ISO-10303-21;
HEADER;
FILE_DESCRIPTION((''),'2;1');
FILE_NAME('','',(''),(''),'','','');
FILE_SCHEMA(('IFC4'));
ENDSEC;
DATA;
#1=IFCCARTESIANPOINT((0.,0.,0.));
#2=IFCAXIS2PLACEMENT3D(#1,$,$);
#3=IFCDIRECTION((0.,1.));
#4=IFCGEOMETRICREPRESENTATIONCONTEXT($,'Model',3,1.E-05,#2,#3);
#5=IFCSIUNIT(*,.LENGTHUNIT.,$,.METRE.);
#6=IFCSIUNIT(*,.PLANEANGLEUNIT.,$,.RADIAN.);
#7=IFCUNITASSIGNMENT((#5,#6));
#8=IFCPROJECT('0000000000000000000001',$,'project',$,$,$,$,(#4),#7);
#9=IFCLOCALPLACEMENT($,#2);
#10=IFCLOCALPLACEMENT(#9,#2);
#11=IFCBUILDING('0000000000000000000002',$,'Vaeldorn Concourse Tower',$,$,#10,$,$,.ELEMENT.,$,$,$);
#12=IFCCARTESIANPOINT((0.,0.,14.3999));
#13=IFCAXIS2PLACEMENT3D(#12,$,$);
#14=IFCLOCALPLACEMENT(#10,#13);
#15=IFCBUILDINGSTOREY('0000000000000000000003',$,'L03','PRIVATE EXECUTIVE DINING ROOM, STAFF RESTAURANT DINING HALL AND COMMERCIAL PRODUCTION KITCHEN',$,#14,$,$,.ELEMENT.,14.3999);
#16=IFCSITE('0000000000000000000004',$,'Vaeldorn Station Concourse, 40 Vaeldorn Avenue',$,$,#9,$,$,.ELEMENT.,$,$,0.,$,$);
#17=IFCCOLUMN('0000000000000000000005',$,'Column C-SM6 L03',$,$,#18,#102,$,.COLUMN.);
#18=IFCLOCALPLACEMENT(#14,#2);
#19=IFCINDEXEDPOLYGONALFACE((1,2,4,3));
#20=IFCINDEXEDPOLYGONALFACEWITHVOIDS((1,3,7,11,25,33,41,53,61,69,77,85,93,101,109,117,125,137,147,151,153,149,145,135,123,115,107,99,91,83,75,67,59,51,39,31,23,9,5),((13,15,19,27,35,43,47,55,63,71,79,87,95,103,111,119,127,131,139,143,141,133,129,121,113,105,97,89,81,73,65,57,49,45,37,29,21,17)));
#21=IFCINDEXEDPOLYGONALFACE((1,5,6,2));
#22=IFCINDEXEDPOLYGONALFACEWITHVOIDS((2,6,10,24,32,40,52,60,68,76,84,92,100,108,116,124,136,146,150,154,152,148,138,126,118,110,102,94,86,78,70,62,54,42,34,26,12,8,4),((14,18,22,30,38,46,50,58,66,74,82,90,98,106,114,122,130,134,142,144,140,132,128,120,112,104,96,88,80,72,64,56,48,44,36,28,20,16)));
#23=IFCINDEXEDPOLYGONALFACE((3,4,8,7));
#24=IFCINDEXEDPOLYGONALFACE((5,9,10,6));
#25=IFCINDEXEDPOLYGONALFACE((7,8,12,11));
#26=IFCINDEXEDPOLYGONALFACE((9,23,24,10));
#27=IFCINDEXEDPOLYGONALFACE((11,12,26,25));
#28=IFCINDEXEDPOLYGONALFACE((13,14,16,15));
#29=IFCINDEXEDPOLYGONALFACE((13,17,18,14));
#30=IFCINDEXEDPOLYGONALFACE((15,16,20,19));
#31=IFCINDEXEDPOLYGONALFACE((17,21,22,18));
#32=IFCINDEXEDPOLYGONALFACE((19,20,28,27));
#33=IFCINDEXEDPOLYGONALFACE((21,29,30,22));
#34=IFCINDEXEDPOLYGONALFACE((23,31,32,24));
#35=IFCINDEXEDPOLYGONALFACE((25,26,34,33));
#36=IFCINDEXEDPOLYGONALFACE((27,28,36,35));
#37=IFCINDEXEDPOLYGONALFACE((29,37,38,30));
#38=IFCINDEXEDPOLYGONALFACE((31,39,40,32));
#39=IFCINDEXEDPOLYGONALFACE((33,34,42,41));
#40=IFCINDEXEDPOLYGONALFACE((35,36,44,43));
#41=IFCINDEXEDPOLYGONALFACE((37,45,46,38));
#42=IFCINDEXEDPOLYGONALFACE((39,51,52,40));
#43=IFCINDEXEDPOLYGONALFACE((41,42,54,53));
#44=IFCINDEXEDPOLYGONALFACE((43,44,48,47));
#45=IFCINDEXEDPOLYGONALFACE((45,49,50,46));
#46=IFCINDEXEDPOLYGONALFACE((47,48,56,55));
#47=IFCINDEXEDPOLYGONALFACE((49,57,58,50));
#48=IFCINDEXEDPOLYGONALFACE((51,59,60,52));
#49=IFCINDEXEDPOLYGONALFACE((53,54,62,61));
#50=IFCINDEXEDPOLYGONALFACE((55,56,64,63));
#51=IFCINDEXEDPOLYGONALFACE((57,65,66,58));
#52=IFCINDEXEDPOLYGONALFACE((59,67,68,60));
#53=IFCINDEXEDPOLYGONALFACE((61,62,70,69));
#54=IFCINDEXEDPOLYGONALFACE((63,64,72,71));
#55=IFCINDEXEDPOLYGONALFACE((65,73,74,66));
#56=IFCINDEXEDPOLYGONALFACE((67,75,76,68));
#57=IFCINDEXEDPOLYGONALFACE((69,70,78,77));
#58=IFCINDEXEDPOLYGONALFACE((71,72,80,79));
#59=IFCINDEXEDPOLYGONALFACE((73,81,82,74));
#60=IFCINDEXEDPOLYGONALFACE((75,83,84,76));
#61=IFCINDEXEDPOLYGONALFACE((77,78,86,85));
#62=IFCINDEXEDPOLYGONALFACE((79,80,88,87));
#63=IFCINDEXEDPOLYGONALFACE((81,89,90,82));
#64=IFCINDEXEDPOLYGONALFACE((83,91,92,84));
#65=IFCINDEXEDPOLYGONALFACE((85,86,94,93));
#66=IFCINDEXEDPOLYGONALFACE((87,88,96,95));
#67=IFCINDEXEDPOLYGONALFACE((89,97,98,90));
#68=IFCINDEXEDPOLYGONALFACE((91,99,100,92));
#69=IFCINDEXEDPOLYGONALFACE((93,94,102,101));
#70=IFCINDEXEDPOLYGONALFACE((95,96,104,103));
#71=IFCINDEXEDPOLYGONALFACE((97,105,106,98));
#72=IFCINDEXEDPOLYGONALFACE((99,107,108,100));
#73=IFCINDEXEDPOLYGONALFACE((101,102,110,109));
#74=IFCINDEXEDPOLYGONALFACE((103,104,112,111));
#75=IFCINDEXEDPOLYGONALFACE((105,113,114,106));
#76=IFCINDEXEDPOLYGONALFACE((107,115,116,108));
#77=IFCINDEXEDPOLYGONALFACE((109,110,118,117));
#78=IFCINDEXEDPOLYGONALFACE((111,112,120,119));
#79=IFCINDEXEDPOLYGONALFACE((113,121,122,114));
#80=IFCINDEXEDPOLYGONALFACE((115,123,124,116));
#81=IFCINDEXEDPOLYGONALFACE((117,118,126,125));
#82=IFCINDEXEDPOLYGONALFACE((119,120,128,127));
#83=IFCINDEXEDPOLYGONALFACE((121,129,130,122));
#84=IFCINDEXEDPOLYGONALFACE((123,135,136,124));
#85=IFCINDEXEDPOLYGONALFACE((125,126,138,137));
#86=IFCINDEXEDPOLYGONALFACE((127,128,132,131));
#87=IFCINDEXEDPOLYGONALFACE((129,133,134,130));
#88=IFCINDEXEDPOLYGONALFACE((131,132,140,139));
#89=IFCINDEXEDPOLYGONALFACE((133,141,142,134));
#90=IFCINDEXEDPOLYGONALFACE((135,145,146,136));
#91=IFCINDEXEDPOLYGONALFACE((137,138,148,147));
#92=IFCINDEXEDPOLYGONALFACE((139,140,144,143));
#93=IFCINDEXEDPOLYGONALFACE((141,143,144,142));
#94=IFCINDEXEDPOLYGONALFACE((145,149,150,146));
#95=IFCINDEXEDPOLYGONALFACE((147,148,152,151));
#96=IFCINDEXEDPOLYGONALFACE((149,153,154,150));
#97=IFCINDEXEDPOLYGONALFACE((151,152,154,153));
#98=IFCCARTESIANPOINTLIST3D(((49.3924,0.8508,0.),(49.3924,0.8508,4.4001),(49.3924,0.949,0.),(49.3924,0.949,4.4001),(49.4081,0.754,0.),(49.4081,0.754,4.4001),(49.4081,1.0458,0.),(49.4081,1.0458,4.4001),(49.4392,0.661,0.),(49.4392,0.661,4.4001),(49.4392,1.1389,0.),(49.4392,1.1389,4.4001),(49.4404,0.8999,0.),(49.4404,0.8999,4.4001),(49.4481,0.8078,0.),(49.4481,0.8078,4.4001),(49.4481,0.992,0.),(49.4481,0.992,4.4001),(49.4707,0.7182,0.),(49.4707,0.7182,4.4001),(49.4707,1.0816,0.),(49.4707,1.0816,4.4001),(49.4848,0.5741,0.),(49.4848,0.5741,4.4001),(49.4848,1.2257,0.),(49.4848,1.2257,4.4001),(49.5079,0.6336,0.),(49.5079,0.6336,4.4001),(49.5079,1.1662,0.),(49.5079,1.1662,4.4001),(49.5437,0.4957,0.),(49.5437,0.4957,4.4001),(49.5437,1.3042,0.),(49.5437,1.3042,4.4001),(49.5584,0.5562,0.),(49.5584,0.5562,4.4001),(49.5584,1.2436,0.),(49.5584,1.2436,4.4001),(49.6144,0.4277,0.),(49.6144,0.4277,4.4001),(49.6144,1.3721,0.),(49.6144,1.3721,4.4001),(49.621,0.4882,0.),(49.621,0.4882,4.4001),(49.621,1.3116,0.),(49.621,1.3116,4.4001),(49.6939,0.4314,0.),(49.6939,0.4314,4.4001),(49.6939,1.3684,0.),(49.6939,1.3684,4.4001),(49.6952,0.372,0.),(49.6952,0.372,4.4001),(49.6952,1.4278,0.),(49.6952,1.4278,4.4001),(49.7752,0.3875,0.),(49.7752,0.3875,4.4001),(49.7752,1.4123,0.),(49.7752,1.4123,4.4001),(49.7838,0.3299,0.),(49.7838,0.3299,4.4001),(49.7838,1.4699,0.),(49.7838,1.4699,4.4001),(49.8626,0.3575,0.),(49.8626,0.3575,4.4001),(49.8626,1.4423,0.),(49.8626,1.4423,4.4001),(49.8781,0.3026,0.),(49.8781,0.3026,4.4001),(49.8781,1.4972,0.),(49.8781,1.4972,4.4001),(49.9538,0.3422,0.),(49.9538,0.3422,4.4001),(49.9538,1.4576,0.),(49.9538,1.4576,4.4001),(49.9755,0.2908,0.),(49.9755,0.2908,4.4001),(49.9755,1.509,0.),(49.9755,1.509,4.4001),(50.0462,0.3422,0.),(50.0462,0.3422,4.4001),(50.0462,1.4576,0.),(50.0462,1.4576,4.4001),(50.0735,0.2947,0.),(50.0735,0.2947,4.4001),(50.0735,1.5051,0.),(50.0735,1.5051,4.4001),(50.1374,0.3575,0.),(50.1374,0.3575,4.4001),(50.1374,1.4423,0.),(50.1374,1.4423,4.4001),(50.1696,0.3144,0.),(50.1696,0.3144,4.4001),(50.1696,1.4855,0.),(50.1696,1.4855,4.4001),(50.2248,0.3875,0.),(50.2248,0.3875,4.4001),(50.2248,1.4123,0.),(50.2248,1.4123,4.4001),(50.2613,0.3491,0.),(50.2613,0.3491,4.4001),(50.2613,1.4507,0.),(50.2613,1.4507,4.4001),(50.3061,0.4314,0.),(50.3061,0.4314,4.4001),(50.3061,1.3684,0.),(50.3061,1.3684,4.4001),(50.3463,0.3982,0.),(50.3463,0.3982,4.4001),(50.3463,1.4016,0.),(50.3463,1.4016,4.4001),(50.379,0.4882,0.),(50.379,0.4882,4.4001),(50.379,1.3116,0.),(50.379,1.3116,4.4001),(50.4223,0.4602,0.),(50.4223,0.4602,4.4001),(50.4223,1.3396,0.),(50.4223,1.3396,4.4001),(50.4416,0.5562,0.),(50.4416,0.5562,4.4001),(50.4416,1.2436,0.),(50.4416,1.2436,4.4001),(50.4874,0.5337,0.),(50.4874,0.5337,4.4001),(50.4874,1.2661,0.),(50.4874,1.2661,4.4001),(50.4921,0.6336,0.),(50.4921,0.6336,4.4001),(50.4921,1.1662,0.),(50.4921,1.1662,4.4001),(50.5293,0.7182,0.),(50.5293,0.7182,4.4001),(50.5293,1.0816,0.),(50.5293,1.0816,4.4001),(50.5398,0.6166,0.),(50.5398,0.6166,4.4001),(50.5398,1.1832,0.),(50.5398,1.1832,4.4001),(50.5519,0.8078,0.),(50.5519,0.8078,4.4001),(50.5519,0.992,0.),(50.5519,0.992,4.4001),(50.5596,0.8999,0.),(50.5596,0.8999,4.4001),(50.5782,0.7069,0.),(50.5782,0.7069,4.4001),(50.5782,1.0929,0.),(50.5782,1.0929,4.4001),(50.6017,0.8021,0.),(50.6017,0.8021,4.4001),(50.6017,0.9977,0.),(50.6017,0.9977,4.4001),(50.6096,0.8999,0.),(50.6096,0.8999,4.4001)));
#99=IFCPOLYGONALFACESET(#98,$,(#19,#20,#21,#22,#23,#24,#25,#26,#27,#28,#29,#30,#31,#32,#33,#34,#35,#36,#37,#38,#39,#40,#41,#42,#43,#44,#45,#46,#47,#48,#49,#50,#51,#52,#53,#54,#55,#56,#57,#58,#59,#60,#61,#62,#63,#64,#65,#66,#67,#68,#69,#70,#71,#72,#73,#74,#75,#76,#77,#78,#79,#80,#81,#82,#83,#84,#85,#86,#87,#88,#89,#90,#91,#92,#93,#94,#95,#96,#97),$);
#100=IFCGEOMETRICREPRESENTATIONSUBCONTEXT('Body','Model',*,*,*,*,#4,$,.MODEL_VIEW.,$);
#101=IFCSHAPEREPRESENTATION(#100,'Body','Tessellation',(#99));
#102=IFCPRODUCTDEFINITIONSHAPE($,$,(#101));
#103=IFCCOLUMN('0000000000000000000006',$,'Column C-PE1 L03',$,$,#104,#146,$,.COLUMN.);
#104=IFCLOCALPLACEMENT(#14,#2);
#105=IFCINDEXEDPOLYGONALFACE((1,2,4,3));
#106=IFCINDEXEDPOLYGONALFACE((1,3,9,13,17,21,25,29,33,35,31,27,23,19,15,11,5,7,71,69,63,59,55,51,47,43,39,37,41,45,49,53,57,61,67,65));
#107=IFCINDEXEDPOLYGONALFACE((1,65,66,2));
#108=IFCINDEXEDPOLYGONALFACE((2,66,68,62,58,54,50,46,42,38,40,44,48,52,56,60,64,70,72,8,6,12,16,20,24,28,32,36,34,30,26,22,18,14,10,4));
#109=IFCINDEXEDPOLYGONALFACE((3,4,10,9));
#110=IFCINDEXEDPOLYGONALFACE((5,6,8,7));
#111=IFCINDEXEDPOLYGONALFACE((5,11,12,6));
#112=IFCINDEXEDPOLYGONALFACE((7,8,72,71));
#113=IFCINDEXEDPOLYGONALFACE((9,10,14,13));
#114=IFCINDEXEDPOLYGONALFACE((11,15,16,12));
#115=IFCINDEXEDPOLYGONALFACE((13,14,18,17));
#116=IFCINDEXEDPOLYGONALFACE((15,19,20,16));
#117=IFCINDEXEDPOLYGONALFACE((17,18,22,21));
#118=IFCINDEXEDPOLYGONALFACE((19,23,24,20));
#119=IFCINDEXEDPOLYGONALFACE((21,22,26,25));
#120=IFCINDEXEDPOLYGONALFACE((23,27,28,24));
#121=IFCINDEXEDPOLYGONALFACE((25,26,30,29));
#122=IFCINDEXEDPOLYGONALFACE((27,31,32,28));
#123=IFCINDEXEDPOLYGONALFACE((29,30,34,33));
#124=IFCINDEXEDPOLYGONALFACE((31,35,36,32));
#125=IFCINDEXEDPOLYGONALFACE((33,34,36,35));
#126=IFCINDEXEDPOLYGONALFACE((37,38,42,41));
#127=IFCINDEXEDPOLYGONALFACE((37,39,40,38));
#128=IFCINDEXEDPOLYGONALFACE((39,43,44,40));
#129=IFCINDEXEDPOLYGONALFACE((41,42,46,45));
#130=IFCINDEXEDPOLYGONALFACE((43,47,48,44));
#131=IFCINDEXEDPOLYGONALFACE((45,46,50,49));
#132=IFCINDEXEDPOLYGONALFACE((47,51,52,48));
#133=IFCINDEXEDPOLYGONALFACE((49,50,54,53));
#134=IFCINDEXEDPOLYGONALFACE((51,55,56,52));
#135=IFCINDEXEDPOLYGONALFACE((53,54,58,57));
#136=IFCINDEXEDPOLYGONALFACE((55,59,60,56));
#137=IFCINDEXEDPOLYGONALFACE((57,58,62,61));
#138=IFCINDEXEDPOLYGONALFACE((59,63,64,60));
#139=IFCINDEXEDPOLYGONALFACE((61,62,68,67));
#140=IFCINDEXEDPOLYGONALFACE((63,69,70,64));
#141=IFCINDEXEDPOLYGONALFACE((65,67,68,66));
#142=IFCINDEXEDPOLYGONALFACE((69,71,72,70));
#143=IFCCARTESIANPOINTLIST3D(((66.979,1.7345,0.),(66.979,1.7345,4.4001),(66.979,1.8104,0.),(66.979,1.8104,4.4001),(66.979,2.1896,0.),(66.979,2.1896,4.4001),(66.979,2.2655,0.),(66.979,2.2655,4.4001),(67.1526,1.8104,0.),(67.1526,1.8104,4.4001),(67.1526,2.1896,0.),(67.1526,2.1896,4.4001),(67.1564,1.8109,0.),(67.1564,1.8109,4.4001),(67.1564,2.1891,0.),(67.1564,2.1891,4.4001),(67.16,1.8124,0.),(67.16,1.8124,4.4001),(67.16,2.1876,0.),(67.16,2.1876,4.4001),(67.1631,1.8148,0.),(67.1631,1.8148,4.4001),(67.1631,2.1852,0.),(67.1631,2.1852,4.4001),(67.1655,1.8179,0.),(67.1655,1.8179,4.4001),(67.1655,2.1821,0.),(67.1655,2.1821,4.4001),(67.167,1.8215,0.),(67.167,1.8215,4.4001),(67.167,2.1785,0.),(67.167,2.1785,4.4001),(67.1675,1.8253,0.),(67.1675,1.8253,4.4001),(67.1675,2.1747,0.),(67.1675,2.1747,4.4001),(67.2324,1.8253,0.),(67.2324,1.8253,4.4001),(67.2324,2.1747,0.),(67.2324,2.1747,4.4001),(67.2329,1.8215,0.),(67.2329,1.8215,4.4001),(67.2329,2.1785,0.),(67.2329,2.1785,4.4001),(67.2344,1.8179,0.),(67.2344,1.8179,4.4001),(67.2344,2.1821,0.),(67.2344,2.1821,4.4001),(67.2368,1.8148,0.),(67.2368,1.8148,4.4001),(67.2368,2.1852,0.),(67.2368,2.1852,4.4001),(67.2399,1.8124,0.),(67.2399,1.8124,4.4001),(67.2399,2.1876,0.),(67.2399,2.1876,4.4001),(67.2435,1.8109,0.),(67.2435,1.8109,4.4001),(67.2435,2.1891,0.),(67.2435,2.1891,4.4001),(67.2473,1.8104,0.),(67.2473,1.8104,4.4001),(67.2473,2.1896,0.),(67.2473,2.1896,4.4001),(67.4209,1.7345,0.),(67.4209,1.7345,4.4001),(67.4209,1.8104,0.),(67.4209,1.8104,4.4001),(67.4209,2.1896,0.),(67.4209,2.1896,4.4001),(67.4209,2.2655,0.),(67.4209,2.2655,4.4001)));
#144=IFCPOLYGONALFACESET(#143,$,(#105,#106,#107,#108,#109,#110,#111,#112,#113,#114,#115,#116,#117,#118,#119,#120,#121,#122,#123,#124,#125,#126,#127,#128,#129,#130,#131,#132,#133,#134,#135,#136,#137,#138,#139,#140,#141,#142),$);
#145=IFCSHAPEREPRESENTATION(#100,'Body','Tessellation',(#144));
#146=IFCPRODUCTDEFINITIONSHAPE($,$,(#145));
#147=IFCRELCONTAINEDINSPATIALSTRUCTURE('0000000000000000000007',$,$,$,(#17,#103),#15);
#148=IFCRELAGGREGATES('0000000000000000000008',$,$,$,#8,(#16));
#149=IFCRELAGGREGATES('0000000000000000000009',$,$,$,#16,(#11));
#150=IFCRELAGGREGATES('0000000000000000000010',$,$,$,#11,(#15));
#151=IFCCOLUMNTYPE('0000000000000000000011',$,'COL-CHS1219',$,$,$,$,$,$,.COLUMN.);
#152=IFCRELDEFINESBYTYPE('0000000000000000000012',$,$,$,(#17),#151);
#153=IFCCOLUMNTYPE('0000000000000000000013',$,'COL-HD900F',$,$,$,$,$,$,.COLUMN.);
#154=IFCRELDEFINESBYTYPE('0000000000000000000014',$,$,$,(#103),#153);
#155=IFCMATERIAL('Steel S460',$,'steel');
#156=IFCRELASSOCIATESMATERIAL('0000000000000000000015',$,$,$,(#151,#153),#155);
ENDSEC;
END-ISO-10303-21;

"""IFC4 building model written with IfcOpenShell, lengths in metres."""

from ifc_helpers import new_model, si_unit, direction, frame, origin, origin_2d, place, context, subcontext, project, spatial, hollow_circle, i_section, extrude, source, transform, mapped, material, material_profile, profile_set, type_object, element, save


model = new_model("IFC4")

# Units and contexts
model_context = context("Model", 3, precision=1e-05, world=origin(), true_north=direction((0.0, 1.0)))
body_context = subcontext(model_context, "Body", "Model", "MODEL_VIEW")
ifc_project = project(units=[si_unit("LENGTHUNIT", "METRE"), si_unit("PLANEANGLEUNIT", "RADIAN")], contexts=[model_context])

# Site, building, storey
site_placement = place(None, origin())
site = spatial("IfcSite", under=ifc_project, at=site_placement, Name="Vaeldorn Station Concourse, 40 Vaeldorn Avenue", CompositionType="ELEMENT", RefElevation=0.0)
building_placement = place(site_placement, origin())
building = spatial("IfcBuilding", under=site, at=building_placement, Name="Vaeldorn Concourse Tower", CompositionType="ELEMENT")
storey_placement = place(building_placement, frame((0.0, 0.0, 14.3999)))
storey = spatial("IfcBuildingStorey", under=building, at=storey_placement, Name="L03", Description="PRIVATE EXECUTIVE DINING ROOM, STAFF RESTAURANT DINING HALL AND COMMERCIAL PRODUCTION KITCHEN", CompositionType="ELEMENT", Elevation=14.3999)

# Columns
ifc_material_1 = material(Name="Steel S460", Category="steel")
ifc_material_profile_1 = material_profile(ifc_material_1, hollow_circle(Radius=0.6096, WallThickness=0.05, at=origin_2d()), Name="CHS 1219x50")
ifc_profile_set_1 = profile_set([ifc_material_profile_1], Name="Steel S460")
column_type_1 = type_object("IfcColumnType", Name="COL-CHS1219", PredefinedType="COLUMN", material=ifc_profile_set_1)
shared_shape_1 = source(origin(), body_context, "Body", "SweptSolid", [
    extrude(hollow_circle(Radius=0.6096, WallThickness=0.05, at=origin_2d()), origin(), (0.0, 0.0, 1.0), 4.4001),
])
column_1_placement = place(storey_placement, frame((50.0, 0.8999, 0.0), z_axis=(0.0, 0.0, 1.0), x_axis=(1.0, 0.0, 0.0)))
element("IfcColumn", 1, at=column_1_placement, inside=storey, type_object=column_type_1, Name="Column C-SM6 L03", PredefinedType="COLUMN", context=body_context, shape_type="MappedRepresentation", body=[
    mapped(shared_shape_1, transform((0.0, 0.0, 0.0), scale=1.0)),
])
ifc_material_profile_2 = material_profile(ifc_material_1, i_section(OverallWidth=0.4419, OverallDepth=0.531, WebThickness=0.0649, FlangeThickness=0.0759, FilletRadius=0.0149, at=origin_2d()), Name="HD 400x900")
ifc_profile_set_2 = profile_set([ifc_material_profile_2], Name="Steel S460")
column_type_2 = type_object("IfcColumnType", Name="COL-HD900F", PredefinedType="COLUMN", material=ifc_profile_set_2)
shared_shape_2 = source(origin(), body_context, "Body", "SweptSolid", [
    extrude(i_section(OverallWidth=0.4419, OverallDepth=0.531, WebThickness=0.0649, FlangeThickness=0.0759, FilletRadius=0.0149, at=origin_2d()), origin(), (0.0, 0.0, 1.0), 4.4001),
])
column_2_placement = place(storey_placement, frame((67.2, 2.0, 0.0), z_axis=(0.0, 0.0, 1.0), x_axis=(1.0, 0.0, 0.0)))
element("IfcColumn", 2, at=column_2_placement, inside=storey, type_object=column_type_2, Name="Column C-PE1 L03", PredefinedType="COLUMN", context=body_context, shape_type="MappedRepresentation", body=[
    mapped(shared_shape_2, transform((0.0, 0.0, 0.0), scale=1.0)),
])

save(model, "model.ifc")
